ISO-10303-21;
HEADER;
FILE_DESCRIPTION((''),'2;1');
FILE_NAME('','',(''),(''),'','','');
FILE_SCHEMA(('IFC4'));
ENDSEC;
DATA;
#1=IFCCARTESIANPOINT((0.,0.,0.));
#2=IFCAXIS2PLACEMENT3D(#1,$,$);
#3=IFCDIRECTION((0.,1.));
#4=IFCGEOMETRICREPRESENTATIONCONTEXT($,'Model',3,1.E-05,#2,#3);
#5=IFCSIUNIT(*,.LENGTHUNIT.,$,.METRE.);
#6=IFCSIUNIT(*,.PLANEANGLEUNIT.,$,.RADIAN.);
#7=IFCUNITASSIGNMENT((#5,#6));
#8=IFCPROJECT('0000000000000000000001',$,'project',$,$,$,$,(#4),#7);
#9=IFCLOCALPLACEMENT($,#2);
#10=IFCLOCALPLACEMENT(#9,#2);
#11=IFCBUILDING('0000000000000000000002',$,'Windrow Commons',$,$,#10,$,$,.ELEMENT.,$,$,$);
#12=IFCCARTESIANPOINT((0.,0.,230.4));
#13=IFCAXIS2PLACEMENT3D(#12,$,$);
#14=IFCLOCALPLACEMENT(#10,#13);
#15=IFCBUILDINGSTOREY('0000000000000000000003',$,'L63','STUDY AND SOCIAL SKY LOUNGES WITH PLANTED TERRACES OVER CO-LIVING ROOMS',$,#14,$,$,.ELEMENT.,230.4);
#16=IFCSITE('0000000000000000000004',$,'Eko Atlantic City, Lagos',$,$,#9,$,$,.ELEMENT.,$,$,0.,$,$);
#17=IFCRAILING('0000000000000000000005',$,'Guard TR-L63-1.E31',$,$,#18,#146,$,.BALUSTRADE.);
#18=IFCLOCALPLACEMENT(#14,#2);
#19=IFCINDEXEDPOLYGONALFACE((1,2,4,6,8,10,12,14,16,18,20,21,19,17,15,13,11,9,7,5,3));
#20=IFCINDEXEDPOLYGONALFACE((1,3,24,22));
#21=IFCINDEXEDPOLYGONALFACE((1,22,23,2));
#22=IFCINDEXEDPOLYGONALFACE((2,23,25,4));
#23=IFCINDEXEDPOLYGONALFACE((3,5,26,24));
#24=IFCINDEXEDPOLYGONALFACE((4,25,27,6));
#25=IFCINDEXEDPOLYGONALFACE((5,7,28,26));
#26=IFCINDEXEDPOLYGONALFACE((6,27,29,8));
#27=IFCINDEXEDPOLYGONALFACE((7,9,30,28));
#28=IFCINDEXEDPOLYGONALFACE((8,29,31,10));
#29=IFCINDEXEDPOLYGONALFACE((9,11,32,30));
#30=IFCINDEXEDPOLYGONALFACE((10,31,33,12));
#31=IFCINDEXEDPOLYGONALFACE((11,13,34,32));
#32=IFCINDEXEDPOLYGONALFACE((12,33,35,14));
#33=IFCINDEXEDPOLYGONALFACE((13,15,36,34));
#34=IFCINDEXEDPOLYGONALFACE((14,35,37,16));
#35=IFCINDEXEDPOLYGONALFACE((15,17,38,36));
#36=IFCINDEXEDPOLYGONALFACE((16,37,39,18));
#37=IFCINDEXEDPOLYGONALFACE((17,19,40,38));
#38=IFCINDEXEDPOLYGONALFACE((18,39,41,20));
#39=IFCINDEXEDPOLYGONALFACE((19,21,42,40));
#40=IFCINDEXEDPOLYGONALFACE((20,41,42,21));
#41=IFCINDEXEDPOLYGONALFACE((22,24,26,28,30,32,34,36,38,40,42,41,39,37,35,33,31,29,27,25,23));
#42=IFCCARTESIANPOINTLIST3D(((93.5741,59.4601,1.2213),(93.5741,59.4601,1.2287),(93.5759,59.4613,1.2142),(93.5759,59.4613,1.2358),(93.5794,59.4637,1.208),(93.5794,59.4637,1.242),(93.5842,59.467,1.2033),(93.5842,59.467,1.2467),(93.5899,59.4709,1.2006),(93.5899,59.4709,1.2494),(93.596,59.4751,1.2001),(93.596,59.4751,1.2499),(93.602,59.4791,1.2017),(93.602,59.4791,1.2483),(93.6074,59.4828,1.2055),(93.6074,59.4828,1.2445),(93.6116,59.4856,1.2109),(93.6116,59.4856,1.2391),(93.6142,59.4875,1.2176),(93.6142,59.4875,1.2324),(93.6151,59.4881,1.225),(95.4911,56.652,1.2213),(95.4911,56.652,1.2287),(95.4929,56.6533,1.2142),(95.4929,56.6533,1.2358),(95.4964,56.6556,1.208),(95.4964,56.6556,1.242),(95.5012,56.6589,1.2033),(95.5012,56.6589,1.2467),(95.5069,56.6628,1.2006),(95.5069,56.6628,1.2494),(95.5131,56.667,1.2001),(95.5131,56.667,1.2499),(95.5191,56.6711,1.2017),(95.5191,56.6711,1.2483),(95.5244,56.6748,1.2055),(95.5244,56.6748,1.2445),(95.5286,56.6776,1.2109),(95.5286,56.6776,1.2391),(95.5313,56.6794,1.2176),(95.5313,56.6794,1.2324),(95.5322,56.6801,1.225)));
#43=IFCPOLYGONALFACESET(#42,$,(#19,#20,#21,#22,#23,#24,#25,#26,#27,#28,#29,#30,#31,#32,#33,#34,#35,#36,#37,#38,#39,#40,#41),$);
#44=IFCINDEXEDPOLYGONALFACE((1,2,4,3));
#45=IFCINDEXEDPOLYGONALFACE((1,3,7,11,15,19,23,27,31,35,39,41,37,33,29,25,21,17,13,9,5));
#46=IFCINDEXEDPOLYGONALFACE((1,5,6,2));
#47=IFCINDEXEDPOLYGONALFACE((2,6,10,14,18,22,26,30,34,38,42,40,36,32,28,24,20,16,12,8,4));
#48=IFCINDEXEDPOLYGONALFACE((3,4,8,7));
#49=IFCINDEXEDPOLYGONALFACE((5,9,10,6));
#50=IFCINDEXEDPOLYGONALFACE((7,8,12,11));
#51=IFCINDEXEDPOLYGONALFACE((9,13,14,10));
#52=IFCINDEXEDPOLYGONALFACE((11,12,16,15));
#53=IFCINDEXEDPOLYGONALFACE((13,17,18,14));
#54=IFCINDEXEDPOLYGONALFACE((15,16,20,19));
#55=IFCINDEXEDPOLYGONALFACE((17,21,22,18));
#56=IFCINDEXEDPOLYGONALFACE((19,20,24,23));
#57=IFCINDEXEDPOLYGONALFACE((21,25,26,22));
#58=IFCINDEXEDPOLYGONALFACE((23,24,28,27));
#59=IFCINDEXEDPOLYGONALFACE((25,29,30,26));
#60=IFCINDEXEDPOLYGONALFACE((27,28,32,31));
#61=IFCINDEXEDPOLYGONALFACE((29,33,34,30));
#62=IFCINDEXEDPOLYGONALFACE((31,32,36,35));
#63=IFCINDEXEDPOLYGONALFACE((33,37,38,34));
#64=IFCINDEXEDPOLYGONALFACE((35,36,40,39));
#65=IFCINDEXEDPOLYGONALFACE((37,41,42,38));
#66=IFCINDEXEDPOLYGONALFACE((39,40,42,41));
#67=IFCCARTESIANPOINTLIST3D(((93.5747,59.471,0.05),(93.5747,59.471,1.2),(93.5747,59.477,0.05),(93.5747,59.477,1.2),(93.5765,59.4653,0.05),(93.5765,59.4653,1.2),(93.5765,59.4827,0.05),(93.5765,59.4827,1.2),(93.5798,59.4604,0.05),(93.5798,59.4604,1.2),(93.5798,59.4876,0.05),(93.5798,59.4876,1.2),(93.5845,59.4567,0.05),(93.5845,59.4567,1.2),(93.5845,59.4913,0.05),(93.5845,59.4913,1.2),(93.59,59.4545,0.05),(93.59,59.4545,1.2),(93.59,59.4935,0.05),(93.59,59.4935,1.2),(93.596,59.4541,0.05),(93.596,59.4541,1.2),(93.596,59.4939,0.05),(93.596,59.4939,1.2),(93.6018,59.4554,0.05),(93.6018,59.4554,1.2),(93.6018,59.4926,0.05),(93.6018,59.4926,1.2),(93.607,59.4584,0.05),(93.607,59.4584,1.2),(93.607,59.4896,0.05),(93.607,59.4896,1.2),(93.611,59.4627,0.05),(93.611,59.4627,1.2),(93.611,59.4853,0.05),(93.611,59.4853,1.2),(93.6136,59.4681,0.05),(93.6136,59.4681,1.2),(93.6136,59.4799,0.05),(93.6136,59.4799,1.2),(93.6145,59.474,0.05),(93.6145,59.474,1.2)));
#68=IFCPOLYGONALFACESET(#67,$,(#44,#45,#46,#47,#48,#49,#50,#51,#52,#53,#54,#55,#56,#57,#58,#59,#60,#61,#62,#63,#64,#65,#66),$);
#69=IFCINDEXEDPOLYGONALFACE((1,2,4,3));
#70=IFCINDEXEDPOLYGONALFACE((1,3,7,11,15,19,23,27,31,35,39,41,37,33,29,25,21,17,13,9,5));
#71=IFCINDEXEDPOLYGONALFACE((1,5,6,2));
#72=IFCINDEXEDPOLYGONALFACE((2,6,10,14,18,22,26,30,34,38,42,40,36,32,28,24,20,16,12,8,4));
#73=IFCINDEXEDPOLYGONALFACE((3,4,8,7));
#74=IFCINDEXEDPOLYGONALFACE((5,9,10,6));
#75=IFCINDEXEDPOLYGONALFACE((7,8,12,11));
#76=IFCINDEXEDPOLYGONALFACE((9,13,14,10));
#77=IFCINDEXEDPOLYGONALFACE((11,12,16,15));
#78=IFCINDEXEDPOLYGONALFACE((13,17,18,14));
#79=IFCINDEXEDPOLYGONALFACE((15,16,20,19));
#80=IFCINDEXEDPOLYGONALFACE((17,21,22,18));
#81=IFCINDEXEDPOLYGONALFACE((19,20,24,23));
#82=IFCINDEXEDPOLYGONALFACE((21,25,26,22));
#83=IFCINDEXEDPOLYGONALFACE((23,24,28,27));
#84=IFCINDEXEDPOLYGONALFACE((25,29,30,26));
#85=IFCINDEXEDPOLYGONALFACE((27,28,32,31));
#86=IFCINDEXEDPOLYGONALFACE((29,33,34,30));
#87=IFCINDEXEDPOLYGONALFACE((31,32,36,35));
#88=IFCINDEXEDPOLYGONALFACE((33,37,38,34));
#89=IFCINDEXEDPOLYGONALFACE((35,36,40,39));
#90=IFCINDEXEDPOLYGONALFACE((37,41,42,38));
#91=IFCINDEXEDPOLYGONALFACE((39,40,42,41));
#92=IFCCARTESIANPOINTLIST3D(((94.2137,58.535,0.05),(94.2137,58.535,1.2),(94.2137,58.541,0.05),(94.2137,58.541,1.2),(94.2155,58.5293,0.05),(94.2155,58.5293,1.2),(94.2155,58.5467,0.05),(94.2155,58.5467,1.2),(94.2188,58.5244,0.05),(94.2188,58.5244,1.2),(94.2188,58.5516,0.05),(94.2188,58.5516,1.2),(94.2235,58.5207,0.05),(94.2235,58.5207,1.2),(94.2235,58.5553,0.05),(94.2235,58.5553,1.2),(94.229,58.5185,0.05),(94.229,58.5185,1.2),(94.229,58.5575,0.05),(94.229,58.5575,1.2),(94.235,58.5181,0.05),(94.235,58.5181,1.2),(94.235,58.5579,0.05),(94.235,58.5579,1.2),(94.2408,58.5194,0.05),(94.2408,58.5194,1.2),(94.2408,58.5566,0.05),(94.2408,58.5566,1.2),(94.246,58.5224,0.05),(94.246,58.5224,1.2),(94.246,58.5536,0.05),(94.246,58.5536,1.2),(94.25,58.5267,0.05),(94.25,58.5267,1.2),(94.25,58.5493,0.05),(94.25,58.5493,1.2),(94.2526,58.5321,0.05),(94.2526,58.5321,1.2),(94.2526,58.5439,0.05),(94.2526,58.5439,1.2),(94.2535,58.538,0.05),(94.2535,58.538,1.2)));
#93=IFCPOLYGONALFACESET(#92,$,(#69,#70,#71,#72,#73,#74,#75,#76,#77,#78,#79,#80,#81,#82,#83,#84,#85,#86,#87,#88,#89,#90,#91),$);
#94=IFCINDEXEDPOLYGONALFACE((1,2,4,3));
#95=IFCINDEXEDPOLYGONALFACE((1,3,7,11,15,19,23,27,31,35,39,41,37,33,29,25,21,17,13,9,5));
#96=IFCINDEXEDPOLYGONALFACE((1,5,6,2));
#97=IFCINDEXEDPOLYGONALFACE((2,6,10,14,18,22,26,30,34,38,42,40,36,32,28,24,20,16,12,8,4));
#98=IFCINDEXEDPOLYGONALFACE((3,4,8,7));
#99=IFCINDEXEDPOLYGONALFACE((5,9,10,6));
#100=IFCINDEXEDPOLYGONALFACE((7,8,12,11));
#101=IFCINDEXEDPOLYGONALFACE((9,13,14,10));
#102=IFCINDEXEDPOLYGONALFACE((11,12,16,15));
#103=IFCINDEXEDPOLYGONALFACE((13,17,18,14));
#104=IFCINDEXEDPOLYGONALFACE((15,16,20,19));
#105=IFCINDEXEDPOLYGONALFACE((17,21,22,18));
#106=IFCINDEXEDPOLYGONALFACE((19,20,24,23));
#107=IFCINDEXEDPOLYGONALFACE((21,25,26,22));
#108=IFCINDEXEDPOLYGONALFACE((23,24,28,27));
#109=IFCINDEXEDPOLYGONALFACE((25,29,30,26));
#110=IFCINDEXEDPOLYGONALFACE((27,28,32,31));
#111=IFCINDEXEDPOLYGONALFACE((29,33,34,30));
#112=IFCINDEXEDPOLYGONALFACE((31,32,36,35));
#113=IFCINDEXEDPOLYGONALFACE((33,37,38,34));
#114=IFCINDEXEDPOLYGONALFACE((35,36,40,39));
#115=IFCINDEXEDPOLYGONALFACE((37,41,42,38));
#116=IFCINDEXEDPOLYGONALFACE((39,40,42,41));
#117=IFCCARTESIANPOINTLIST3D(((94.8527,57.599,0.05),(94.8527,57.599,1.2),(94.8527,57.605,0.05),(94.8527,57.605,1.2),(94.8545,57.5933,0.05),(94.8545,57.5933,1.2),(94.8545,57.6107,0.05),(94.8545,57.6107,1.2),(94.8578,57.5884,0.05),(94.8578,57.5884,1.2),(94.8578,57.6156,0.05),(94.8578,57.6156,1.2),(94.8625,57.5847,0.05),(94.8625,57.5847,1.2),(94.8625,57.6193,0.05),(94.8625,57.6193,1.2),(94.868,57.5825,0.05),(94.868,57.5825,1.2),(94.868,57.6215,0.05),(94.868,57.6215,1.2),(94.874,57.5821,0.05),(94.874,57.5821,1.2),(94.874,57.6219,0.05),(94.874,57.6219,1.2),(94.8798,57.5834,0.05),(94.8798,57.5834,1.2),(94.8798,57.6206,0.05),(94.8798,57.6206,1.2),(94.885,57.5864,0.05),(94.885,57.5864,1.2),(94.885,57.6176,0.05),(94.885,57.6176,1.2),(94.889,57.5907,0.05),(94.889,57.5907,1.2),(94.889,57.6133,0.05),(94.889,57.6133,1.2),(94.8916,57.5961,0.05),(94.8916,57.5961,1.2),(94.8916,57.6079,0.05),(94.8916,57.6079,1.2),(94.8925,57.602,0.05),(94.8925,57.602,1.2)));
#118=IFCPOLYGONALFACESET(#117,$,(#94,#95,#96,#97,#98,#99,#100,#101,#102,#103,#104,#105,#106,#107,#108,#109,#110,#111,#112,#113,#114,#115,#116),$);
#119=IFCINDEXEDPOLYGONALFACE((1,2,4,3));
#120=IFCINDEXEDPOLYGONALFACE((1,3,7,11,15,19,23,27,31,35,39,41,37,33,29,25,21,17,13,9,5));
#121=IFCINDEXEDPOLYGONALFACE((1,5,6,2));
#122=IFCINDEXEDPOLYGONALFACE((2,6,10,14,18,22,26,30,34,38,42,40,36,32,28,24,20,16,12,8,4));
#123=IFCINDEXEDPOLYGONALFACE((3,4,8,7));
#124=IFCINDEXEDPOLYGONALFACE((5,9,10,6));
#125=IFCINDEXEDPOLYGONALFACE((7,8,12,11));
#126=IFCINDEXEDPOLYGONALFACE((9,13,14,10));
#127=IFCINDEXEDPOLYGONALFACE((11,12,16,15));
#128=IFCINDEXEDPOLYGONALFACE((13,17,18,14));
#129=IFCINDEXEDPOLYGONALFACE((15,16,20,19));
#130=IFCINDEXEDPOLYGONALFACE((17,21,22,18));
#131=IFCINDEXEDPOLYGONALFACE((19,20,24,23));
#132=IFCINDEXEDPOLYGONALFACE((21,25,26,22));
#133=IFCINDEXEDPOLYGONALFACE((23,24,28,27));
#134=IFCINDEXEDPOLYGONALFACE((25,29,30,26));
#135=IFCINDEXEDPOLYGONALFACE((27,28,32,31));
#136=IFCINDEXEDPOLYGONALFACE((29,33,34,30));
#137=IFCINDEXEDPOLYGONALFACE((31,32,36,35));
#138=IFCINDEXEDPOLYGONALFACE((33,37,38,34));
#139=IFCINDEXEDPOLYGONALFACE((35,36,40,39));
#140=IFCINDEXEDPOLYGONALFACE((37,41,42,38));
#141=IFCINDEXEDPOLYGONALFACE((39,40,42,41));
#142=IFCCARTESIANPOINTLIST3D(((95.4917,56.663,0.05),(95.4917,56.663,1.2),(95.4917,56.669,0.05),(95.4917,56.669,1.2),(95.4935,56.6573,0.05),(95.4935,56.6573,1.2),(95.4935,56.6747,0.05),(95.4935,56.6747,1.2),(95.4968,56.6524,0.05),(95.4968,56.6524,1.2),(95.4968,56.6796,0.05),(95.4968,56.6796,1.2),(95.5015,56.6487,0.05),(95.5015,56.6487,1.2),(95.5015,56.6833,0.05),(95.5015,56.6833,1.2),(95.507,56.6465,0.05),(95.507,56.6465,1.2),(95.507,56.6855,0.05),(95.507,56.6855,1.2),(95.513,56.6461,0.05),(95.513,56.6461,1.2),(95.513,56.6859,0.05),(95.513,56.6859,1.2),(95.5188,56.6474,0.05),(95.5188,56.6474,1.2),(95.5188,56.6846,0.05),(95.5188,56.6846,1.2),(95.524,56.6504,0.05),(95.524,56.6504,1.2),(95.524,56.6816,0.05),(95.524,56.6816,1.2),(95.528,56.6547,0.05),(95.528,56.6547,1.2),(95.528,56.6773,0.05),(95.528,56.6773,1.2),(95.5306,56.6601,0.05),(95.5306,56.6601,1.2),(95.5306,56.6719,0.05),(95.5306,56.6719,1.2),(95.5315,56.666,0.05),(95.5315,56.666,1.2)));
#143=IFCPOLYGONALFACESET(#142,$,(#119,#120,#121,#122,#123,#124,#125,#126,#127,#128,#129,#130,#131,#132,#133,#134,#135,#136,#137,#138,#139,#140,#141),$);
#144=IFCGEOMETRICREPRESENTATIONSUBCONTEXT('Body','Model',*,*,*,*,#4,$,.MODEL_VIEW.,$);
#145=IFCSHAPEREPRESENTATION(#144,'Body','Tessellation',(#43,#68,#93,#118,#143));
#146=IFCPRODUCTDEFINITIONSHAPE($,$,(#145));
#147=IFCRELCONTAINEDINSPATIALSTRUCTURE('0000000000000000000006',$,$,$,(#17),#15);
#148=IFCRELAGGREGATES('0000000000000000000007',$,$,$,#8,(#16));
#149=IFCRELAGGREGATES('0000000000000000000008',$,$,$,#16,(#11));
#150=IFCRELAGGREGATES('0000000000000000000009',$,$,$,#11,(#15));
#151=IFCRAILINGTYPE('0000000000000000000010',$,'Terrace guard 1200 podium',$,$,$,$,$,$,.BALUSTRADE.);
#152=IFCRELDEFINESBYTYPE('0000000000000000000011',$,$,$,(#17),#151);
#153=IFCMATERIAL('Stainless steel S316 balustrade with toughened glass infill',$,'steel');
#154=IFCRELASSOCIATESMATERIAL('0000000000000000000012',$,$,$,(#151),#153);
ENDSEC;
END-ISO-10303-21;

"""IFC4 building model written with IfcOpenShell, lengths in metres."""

from ifc_helpers import new_model, si_unit, direction, frame, origin, origin_2d, place, context, subcontext, project, spatial, circle, extrude, material, type_object, element, save


model = new_model("IFC4")

# Units and contexts
model_context = context("Model", 3, precision=1e-05, world=origin(), true_north=direction((0.0, 1.0)))
body_context = subcontext(model_context, "Body", "Model", "MODEL_VIEW")
ifc_project = project(units=[si_unit("LENGTHUNIT", "METRE"), si_unit("PLANEANGLEUNIT", "RADIAN")], contexts=[model_context])

# Site, building, storey
site_placement = place(None, origin())
site = spatial("IfcSite", under=ifc_project, at=site_placement, Name="Eko Atlantic City, Lagos", CompositionType="ELEMENT", RefElevation=0.0)
building_placement = place(site_placement, origin())
building = spatial("IfcBuilding", under=site, at=building_placement, Name="Windrow Commons", CompositionType="ELEMENT")
storey_placement = place(building_placement, frame((0.0, 0.0, 230.4)))
storey = spatial("IfcBuildingStorey", under=building, at=storey_placement, Name="L63", Description="STUDY AND SOCIAL SKY LOUNGES WITH PLANTED TERRACES OVER CO-LIVING ROOMS", CompositionType="ELEMENT", Elevation=230.4)

# Railing
ifc_material_1 = material(Name="Stainless steel S316 balustrade with toughened glass infill", Category="steel")
railing_type_1 = type_object("IfcRailingType", Name="Terrace guard 1200 podium", PredefinedType="BALUSTRADE", material=ifc_material_1)
railing_1_placement = place(storey_placement, frame((93.5945, 59.474, 0.05)))
element("IfcRailing", 1, at=railing_1_placement, inside=storey, type_object=railing_type_1, Name="Guard TR-L63-1.E31", PredefinedType="BALUSTRADE", context=body_context, shape_type="SweptSolid", body=[
    extrude(circle(Radius=0.025, at=origin_2d()), frame((0.0, 0.0, 1.175), z_axis=(0.56383, -0.825891, 0.0), x_axis=(0.825891, 0.56383, 0.0)), (0.0, 0.0, 1.0), 3.4),
    extrude(circle(Radius=0.02, at=origin_2d()), origin(), (0.0, 0.0, 1.0), 1.15),
    extrude(circle(Radius=0.02, at=origin_2d()), frame((0.639, -0.936, 0.0)), (0.0, 0.0, 1.0), 1.15),
    extrude(circle(Radius=0.02, at=origin_2d()), frame((1.278, -1.872, 0.0)), (0.0, 0.0, 1.0), 1.15),
    extrude(circle(Radius=0.02, at=origin_2d()), frame((1.917, -2.808, 0.0)), (0.0, 0.0, 1.0), 1.15),
])

save(model, "model.ifc")
